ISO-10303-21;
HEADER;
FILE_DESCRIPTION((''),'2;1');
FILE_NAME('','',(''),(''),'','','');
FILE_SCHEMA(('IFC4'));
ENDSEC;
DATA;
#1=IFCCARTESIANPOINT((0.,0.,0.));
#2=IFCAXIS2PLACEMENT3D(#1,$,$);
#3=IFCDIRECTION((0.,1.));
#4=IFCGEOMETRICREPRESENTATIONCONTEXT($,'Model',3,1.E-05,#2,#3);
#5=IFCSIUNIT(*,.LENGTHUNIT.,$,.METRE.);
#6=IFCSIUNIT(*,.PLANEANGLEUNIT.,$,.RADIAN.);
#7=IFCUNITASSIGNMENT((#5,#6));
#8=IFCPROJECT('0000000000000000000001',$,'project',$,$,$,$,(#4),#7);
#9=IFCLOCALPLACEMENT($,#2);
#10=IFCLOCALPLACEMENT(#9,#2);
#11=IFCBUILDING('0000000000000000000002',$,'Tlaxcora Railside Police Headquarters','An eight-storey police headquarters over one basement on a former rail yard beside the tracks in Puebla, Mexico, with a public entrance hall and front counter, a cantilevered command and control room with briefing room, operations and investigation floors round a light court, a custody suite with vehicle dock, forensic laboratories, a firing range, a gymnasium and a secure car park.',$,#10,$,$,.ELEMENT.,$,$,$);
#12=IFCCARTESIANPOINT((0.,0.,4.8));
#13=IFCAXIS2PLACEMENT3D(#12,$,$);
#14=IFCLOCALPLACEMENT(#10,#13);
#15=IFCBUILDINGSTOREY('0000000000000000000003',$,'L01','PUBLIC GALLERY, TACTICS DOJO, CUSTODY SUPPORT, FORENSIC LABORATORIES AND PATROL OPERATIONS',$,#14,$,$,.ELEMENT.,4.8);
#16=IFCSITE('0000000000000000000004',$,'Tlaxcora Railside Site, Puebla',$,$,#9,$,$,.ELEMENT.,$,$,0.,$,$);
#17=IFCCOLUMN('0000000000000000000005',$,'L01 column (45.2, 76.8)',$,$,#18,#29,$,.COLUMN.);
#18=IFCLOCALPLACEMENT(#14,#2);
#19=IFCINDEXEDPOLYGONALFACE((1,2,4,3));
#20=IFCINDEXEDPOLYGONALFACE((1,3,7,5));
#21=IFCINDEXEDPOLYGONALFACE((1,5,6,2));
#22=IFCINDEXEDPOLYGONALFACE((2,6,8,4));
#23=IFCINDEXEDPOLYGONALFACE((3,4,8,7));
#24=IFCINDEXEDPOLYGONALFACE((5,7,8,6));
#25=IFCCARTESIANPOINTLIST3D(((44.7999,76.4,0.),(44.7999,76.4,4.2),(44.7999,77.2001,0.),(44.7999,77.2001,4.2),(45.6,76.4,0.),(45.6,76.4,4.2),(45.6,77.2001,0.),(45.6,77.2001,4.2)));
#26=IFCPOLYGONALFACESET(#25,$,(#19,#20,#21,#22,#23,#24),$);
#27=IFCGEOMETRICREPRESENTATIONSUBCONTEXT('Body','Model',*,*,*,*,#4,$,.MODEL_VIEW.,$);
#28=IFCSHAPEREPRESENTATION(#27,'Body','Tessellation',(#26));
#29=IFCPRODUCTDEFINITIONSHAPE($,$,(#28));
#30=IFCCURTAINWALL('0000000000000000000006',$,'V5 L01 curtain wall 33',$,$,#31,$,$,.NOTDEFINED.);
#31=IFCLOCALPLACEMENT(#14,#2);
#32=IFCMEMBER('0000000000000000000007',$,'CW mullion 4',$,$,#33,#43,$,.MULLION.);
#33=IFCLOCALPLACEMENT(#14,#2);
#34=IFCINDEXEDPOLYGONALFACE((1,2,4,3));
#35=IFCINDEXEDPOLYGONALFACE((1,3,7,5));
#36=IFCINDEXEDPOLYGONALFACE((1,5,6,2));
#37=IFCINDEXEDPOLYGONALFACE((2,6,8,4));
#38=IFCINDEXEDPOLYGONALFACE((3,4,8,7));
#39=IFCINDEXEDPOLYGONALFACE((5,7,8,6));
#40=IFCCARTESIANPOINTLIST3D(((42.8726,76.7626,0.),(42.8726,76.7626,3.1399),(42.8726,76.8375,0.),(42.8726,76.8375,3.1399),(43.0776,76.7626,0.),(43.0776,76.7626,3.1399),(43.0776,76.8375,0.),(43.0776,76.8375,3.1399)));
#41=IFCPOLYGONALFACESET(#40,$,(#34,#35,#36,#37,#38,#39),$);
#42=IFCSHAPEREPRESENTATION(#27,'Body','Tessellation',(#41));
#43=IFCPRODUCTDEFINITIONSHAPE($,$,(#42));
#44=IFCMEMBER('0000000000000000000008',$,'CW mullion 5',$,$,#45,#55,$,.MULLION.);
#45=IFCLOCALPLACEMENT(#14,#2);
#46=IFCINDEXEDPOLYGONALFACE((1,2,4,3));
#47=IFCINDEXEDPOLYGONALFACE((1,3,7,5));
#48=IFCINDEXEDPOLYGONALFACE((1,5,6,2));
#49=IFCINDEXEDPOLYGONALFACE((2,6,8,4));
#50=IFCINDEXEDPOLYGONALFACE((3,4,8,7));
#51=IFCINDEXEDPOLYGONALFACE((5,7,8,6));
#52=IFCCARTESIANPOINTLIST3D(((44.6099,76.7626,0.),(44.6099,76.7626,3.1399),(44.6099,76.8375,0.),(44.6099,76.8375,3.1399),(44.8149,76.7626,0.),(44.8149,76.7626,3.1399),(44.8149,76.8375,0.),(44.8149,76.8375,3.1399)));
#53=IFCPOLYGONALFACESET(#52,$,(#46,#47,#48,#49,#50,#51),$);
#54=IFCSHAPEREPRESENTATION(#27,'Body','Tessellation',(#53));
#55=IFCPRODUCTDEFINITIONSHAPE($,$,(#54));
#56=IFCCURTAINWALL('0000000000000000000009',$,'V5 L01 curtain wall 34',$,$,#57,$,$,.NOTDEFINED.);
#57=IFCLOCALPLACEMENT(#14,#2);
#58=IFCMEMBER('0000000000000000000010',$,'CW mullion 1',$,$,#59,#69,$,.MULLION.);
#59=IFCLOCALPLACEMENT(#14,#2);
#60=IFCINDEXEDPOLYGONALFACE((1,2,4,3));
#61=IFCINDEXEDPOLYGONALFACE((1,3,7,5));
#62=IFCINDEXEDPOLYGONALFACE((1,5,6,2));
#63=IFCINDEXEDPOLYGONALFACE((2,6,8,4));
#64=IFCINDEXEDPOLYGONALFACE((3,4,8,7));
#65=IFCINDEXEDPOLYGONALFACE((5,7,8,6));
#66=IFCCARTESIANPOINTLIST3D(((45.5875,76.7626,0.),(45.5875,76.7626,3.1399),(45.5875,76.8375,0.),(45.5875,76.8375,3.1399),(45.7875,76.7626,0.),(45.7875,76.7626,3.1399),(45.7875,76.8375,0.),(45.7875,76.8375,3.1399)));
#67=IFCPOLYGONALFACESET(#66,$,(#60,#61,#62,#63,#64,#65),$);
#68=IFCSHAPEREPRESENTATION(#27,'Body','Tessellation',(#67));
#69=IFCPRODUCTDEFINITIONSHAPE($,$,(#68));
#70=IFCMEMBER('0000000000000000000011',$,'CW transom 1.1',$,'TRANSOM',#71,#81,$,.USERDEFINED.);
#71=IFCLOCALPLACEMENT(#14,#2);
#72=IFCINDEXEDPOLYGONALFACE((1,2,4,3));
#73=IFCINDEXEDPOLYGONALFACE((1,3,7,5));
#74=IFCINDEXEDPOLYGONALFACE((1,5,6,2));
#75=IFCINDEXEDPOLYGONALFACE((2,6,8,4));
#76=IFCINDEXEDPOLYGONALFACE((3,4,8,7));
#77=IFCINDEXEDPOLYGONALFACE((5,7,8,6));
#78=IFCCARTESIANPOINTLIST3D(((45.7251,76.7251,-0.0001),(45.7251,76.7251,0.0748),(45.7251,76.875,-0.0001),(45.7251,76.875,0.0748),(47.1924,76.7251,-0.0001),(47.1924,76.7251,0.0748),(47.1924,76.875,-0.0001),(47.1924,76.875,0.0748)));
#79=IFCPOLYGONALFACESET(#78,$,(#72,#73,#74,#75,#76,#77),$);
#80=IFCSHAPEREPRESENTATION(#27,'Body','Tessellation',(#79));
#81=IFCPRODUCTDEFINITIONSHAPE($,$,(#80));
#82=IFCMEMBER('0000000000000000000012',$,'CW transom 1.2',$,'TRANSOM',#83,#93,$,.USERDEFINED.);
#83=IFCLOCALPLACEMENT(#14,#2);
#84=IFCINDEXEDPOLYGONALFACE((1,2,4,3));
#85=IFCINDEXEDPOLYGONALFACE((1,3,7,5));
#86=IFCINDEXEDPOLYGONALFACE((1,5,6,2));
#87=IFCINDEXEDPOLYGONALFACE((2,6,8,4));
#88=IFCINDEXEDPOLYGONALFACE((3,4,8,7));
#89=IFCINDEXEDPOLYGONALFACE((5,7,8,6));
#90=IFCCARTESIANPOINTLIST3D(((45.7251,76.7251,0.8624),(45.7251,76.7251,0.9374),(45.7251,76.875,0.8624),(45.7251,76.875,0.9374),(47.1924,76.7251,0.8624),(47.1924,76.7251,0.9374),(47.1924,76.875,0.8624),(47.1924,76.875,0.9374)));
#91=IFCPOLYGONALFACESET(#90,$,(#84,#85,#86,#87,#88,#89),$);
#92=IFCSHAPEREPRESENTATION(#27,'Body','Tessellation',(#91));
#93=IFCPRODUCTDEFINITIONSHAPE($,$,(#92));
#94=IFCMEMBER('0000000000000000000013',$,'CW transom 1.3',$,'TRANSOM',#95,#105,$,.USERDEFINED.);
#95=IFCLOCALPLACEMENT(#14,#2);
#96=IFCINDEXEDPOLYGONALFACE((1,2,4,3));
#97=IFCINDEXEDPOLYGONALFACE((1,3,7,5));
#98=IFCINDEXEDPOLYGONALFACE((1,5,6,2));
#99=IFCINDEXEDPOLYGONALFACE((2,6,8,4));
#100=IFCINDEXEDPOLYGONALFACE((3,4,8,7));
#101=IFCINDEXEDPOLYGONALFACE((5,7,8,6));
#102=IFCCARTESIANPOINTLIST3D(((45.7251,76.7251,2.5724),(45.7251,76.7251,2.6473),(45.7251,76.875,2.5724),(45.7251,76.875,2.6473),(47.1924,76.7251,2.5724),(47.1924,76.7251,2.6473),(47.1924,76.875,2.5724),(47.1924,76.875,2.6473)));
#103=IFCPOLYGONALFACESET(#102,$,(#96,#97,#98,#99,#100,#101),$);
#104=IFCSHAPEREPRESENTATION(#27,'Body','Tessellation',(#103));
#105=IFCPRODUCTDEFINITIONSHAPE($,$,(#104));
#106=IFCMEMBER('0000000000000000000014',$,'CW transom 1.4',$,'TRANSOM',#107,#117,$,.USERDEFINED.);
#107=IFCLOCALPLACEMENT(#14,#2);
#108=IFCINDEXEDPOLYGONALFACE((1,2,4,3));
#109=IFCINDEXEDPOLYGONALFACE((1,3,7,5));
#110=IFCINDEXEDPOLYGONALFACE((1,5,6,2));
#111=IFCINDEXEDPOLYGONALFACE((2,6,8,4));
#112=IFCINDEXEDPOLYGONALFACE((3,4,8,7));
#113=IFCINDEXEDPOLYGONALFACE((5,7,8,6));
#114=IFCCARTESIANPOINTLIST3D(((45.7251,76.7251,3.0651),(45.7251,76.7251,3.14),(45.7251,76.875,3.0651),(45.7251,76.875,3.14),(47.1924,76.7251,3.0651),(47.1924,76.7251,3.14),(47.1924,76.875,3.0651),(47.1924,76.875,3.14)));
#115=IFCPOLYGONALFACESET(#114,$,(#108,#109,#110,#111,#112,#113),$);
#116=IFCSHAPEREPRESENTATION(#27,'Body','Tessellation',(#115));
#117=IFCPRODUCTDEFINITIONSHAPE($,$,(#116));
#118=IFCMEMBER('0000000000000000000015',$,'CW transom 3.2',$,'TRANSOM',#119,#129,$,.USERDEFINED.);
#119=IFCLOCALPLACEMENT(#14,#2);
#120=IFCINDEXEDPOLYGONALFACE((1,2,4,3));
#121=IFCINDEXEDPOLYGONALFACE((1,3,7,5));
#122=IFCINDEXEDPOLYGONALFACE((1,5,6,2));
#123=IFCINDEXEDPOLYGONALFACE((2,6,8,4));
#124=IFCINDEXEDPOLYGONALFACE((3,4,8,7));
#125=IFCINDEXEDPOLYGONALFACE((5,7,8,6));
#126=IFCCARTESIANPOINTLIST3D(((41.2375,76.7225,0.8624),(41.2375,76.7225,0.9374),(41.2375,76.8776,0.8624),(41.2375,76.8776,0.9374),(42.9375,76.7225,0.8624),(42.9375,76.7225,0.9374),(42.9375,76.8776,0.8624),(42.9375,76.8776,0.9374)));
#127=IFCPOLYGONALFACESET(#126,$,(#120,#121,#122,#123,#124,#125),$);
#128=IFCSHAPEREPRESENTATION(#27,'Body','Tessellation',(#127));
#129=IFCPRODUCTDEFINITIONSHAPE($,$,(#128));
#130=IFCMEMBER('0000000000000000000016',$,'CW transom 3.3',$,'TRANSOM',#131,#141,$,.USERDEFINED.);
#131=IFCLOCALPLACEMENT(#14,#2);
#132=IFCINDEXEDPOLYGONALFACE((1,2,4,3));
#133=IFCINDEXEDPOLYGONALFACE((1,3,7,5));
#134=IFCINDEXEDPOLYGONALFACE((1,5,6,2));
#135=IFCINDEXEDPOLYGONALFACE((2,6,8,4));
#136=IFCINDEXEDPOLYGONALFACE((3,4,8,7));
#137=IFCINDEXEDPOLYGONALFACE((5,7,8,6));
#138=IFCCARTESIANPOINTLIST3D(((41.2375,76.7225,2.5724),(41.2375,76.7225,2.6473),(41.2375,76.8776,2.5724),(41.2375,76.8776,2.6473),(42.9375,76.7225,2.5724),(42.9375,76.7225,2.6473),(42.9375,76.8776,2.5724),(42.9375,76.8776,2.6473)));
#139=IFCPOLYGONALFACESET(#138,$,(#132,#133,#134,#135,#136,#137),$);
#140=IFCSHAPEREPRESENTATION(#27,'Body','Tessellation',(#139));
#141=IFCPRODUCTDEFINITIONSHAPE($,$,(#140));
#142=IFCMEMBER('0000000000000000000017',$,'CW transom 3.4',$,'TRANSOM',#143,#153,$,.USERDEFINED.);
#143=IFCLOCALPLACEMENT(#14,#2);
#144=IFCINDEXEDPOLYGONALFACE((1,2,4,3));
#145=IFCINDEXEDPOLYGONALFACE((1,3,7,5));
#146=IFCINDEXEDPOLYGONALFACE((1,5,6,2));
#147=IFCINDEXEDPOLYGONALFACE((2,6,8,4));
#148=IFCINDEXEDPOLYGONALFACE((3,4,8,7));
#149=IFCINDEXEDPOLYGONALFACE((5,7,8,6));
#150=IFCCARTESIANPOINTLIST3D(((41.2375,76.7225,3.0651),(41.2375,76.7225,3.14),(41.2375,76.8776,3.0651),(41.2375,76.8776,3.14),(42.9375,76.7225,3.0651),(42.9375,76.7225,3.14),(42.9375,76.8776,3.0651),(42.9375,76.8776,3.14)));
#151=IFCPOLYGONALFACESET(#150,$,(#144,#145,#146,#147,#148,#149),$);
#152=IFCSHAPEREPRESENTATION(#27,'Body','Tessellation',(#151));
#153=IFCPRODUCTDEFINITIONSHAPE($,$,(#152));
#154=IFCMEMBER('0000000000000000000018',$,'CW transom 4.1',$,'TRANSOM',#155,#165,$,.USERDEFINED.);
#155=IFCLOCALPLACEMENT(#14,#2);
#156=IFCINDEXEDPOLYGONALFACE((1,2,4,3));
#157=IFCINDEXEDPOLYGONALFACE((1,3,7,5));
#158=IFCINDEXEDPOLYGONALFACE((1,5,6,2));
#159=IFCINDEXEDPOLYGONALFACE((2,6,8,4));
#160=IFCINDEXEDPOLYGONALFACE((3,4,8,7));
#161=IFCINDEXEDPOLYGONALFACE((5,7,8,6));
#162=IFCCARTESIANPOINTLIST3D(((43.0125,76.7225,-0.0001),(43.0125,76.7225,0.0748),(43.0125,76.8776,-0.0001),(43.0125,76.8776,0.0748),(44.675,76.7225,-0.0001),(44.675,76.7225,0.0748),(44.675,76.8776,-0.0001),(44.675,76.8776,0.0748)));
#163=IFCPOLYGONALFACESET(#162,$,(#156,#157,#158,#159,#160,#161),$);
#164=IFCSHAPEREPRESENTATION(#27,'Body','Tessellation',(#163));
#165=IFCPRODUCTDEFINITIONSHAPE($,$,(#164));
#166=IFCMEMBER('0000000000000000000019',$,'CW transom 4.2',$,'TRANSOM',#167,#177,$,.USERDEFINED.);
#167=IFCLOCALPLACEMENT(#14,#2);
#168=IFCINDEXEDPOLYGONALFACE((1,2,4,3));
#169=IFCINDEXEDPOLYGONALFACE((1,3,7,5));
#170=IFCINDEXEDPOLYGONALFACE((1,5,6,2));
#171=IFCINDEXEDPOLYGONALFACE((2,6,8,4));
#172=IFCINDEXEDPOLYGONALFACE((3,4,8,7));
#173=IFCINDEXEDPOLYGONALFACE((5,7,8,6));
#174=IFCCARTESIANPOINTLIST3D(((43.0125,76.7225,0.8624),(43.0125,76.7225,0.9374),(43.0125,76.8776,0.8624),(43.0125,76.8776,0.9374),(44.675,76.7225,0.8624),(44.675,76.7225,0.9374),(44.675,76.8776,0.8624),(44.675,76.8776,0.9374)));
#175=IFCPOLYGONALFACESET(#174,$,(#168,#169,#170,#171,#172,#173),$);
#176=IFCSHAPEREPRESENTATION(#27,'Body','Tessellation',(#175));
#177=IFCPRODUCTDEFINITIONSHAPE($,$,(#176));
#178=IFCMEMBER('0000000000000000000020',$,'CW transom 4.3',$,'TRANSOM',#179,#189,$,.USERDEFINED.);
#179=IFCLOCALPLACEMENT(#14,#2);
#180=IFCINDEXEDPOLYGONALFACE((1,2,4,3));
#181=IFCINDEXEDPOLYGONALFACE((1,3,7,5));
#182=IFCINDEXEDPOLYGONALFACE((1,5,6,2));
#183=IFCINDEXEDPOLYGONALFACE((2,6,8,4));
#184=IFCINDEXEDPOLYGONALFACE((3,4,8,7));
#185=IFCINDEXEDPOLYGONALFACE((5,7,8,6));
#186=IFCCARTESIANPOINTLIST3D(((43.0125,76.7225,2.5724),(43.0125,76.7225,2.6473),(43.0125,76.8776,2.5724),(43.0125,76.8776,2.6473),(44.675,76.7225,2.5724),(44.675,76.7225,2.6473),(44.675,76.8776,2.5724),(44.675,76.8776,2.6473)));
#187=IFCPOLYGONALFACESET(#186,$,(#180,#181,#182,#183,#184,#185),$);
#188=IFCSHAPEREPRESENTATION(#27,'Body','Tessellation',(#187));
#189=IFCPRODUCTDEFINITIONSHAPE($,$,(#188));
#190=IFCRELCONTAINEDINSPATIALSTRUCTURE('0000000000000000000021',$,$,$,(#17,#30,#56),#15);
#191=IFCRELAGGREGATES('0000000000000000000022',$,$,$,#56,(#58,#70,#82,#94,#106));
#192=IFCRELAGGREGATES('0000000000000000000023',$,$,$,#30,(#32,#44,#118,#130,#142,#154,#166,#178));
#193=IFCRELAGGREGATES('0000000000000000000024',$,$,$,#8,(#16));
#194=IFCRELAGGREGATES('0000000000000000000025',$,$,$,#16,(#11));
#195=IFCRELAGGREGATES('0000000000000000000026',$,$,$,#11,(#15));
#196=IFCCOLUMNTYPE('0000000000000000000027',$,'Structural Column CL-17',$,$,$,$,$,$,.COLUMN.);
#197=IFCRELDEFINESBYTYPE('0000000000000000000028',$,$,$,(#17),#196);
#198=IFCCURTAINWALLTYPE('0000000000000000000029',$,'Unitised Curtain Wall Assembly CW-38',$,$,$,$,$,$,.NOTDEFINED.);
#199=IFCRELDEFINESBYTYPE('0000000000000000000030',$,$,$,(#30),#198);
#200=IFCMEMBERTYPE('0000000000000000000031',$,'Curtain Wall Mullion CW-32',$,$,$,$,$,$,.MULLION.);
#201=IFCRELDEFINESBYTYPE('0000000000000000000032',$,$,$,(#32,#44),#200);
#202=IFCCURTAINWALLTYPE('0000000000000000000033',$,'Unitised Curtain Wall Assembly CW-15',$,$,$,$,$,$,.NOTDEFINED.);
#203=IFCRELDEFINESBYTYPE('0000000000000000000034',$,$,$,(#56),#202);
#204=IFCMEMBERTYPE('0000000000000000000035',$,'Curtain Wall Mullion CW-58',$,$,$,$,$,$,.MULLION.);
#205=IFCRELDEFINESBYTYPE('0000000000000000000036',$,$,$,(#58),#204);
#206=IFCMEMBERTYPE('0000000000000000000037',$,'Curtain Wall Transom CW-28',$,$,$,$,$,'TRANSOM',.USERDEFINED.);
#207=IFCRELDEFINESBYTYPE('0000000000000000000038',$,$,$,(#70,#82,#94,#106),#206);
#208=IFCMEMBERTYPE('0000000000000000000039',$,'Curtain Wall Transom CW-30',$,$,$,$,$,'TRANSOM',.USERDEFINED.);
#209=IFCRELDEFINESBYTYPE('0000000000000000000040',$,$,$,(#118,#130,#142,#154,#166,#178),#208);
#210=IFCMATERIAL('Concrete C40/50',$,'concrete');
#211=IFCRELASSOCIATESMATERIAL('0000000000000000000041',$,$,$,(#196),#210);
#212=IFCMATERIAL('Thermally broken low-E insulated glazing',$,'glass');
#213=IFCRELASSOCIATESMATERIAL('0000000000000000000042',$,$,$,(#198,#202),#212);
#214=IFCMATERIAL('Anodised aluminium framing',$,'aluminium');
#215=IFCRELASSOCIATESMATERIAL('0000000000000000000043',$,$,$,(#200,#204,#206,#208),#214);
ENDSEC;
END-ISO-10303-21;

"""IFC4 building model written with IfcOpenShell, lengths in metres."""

from ifc_helpers import new_model, si_unit, direction, frame, origin, origin_2d, place, context, subcontext, project, spatial, rectangle, extrude, material, material_profile, profile_set, type_object, element, aggregate, save


model = new_model("IFC4")

# Units and contexts
model_context = context("Model", 3, precision=1e-05, world=origin(), true_north=direction((0.0, 1.0)))
body_context = subcontext(model_context, "Body", "Model", "MODEL_VIEW")
ifc_project = project(units=[si_unit("LENGTHUNIT", "METRE"), si_unit("PLANEANGLEUNIT", "RADIAN")], contexts=[model_context])

# Site, building, storey
site_placement = place(None, origin())
site = spatial("IfcSite", under=ifc_project, at=site_placement, Name="Tlaxcora Railside Site, Puebla", CompositionType="ELEMENT", RefElevation=0.0)
building_placement = place(site_placement, origin())
building = spatial("IfcBuilding", under=site, at=building_placement, Name="Tlaxcora Railside Police Headquarters", Description="An eight-storey police headquarters over one basement on a former rail yard beside the tracks in Puebla, Mexico, with a public entrance hall and front counter, a cantilevered command and control room with briefing room, operations and investigation floors round a light court, a custody suite with vehicle dock, forensic laboratories, a firing range, a gymnasium and a secure car park.", CompositionType="ELEMENT")
storey_placement = place(building_placement, frame((0.0, 0.0, 4.8)))
storey = spatial("IfcBuildingStorey", under=building, at=storey_placement, Name="L01", Description="PUBLIC GALLERY, TACTICS DOJO, CUSTODY SUPPORT, FORENSIC LABORATORIES AND PATROL OPERATIONS", CompositionType="ELEMENT", Elevation=4.8)

# Column
ifc_material_1 = material(Name="Concrete C40/50", Category="concrete")
ifc_material_profile_1 = material_profile(ifc_material_1, rectangle(XDim=0.8, YDim=0.8, at=origin_2d()), Name="RC800X800")
ifc_profile_set_1 = profile_set([ifc_material_profile_1], Name="Concrete C40/50")
column_type = type_object("IfcColumnType", Name="Structural Column CL-17", PredefinedType="COLUMN", material=ifc_profile_set_1)
column_placement = place(storey_placement, frame((45.2, 76.8, 0.0), z_axis=(0.0, 0.0, 1.0), x_axis=(1.0, 0.0, 0.0)))
element("IfcColumn", 1, at=column_placement, inside=storey, type_object=column_type, Name="L01 column (45.2, 76.8)", PredefinedType="COLUMN", context=body_context, shape_type="SweptSolid", body=[
    extrude(rectangle(XDim=0.8, YDim=0.8, at=origin_2d()), origin(), (0.0, 0.0, 1.0), 4.2),
])

# Curtain walls, members
ifc_material_2 = material(Name="Thermally broken low-E insulated glazing", Category="glass")
curtain_wall_type_1 = type_object("IfcCurtainWallType", Name="Unitised Curtain Wall Assembly CW-38", PredefinedType="NOTDEFINED", material=ifc_material_2)
curtain_wall_1_placement = place(storey_placement, origin())
curtain_wall_1 = element("IfcCurtainWall", 2, at=curtain_wall_1_placement, inside=storey, type_object=curtain_wall_type_1, Name="V5 L01 curtain wall 33", PredefinedType="NOTDEFINED")
ifc_material_3 = material(Name="Anodised aluminium framing", Category="aluminium")
ifc_material_profile_2 = material_profile(ifc_material_3, rectangle(XDim=0.075, YDim=0.2051, at=origin_2d()), Name="AL75X205")
ifc_profile_set_2 = profile_set([ifc_material_profile_2], Name="Anodised aluminium framing")
member_type_1 = type_object("IfcMemberType", Name="Curtain Wall Mullion CW-32", PredefinedType="MULLION", material=ifc_profile_set_2)
member_1_placement = place(storey_placement, frame((42.9751, 76.8, 0.0), z_axis=(0.0, 0.0, 1.0), x_axis=(0.0, 1.0, 0.0)))
member_1 = element("IfcMember", 3, at=member_1_placement, type_object=member_type_1, Name="CW mullion 4", PredefinedType="MULLION", context=body_context, shape_type="SweptSolid", body=[
    extrude(rectangle(XDim=0.075, YDim=0.2051, at=origin_2d()), origin(), (0.0, 0.0, 1.0), 3.1399),
])
member_2_placement = place(storey_placement, frame((44.7124, 76.8, 0.0), z_axis=(0.0, 0.0, 1.0), x_axis=(0.0, 1.0, 0.0)))
member_2 = element("IfcMember", 4, at=member_2_placement, type_object=member_type_1, Name="CW mullion 5", PredefinedType="MULLION", context=body_context, shape_type="SweptSolid", body=[
    extrude(rectangle(XDim=0.075, YDim=0.2051, at=origin_2d()), origin(), (0.0, 0.0, 1.0), 3.1399),
])
curtain_wall_type_2 = type_object("IfcCurtainWallType", Name="Unitised Curtain Wall Assembly CW-15", PredefinedType="NOTDEFINED", material=ifc_material_2)
curtain_wall_2_placement = place(storey_placement, origin())
curtain_wall_2 = element("IfcCurtainWall", 5, at=curtain_wall_2_placement, inside=storey, type_object=curtain_wall_type_2, Name="V5 L01 curtain wall 34", PredefinedType="NOTDEFINED")
ifc_material_profile_3 = material_profile(ifc_material_3, rectangle(XDim=0.075, YDim=0.2, at=origin_2d()), Name="AL75X200")
ifc_profile_set_3 = profile_set([ifc_material_profile_3], Name="Anodised aluminium framing")
member_type_2 = type_object("IfcMemberType", Name="Curtain Wall Mullion CW-58", PredefinedType="MULLION", material=ifc_profile_set_3)
member_3_placement = place(storey_placement, frame((45.6875, 76.8, 0.0), z_axis=(0.0, 0.0, 1.0), x_axis=(0.0, 1.0, 0.0)))
member_3 = element("IfcMember", 6, at=member_3_placement, type_object=member_type_2, Name="CW mullion 1", PredefinedType="MULLION", context=body_context, shape_type="SweptSolid", body=[
    extrude(rectangle(XDim=0.075, YDim=0.2, at=origin_2d()), origin(), (0.0, 0.0, 1.0), 3.1399),
])
ifc_material_profile_4 = material_profile(ifc_material_3, rectangle(XDim=0.1499, YDim=0.075, at=origin_2d()), Name="AL75X150")
ifc_profile_set_4 = profile_set([ifc_material_profile_4], Name="Anodised aluminium framing")
member_type_3 = type_object("IfcMemberType", Name="Curtain Wall Transom CW-28", ElementType="TRANSOM", PredefinedType="USERDEFINED", material=ifc_profile_set_4)
member_4_placement = place(storey_placement, frame((45.7251, 76.8, 0.0374), z_axis=(1.0, 0.0, 0.0), x_axis=(0.0, 1.0, 0.0)))
member_4 = element("IfcMember", 7, at=member_4_placement, type_object=member_type_3, Name="CW transom 1.1", ObjectType="TRANSOM", PredefinedType="USERDEFINED", context=body_context, shape_type="SweptSolid", body=[
    extrude(rectangle(XDim=0.1499, YDim=0.075, at=origin_2d()), origin(), (0.0, 0.0, 1.0), 1.4673),
])
member_5_placement = place(storey_placement, frame((45.7251, 76.8, 0.8999), z_axis=(1.0, 0.0, 0.0), x_axis=(0.0, 1.0, 0.0)))
member_5 = element("IfcMember", 8, at=member_5_placement, type_object=member_type_3, Name="CW transom 1.2", ObjectType="TRANSOM", PredefinedType="USERDEFINED", context=body_context, shape_type="SweptSolid", body=[
    extrude(rectangle(XDim=0.1499, YDim=0.075, at=origin_2d()), origin(), (0.0, 0.0, 1.0), 1.4673),
])
member_6_placement = place(storey_placement, frame((45.7251, 76.8, 2.6099), z_axis=(1.0, 0.0, 0.0), x_axis=(0.0, 1.0, 0.0)))
member_6 = element("IfcMember", 9, at=member_6_placement, type_object=member_type_3, Name="CW transom 1.3", ObjectType="TRANSOM", PredefinedType="USERDEFINED", context=body_context, shape_type="SweptSolid", body=[
    extrude(rectangle(XDim=0.1499, YDim=0.075, at=origin_2d()), origin(), (0.0, 0.0, 1.0), 1.4673),
])
member_7_placement = place(storey_placement, frame((45.7251, 76.8, 3.1025), z_axis=(1.0, 0.0, 0.0), x_axis=(0.0, 1.0, 0.0)))
member_7 = element("IfcMember", 10, at=member_7_placement, type_object=member_type_3, Name="CW transom 1.4", ObjectType="TRANSOM", PredefinedType="USERDEFINED", context=body_context, shape_type="SweptSolid", body=[
    extrude(rectangle(XDim=0.1499, YDim=0.075, at=origin_2d()), origin(), (0.0, 0.0, 1.0), 1.4673),
])
aggregate(curtain_wall_2, [member_3, member_4, member_5, member_6, member_7])

# Members
ifc_material_profile_5 = material_profile(ifc_material_3, rectangle(XDim=0.155, YDim=0.075, at=origin_2d()), Name="AL75X155")
ifc_profile_set_5 = profile_set([ifc_material_profile_5], Name="Anodised aluminium framing")
member_type_4 = type_object("IfcMemberType", Name="Curtain Wall Transom CW-30", ElementType="TRANSOM", PredefinedType="USERDEFINED", material=ifc_profile_set_5)
member_8_placement = place(storey_placement, frame((41.2375, 76.8, 0.8999), z_axis=(1.0, 0.0, 0.0), x_axis=(0.0, 1.0, 0.0)))
member_8 = element("IfcMember", 11, at=member_8_placement, type_object=member_type_4, Name="CW transom 3.2", ObjectType="TRANSOM", PredefinedType="USERDEFINED", context=body_context, shape_type="SweptSolid", body=[
    extrude(rectangle(XDim=0.155, YDim=0.075, at=origin_2d()), origin(), (0.0, 0.0, 1.0), 1.7),
])
member_9_placement = place(storey_placement, frame((41.2375, 76.8, 2.6099), z_axis=(1.0, 0.0, 0.0), x_axis=(0.0, 1.0, 0.0)))
member_9 = element("IfcMember", 12, at=member_9_placement, type_object=member_type_4, Name="CW transom 3.3", ObjectType="TRANSOM", PredefinedType="USERDEFINED", context=body_context, shape_type="SweptSolid", body=[
    extrude(rectangle(XDim=0.155, YDim=0.075, at=origin_2d()), origin(), (0.0, 0.0, 1.0), 1.7),
])
member_10_placement = place(storey_placement, frame((41.2375, 76.8, 3.1025), z_axis=(1.0, 0.0, 0.0), x_axis=(0.0, 1.0, 0.0)))
member_10 = element("IfcMember", 13, at=member_10_placement, type_object=member_type_4, Name="CW transom 3.4", ObjectType="TRANSOM", PredefinedType="USERDEFINED", context=body_context, shape_type="SweptSolid", body=[
    extrude(rectangle(XDim=0.155, YDim=0.075, at=origin_2d()), origin(), (0.0, 0.0, 1.0), 1.7),
])
member_11_placement = place(storey_placement, frame((43.0125, 76.8, 0.0374), z_axis=(1.0, 0.0, 0.0), x_axis=(0.0, 1.0, 0.0)))
member_11 = element("IfcMember", 14, at=member_11_placement, type_object=member_type_4, Name="CW transom 4.1", ObjectType="TRANSOM", PredefinedType="USERDEFINED", context=body_context, shape_type="SweptSolid", body=[
    extrude(rectangle(XDim=0.155, YDim=0.075, at=origin_2d()), origin(), (0.0, 0.0, 1.0), 1.6626),
])
member_12_placement = place(storey_placement, frame((43.0125, 76.8, 0.8999), z_axis=(1.0, 0.0, 0.0), x_axis=(0.0, 1.0, 0.0)))
member_12 = element("IfcMember", 15, at=member_12_placement, type_object=member_type_4, Name="CW transom 4.2", ObjectType="TRANSOM", PredefinedType="USERDEFINED", context=body_context, shape_type="SweptSolid", body=[
    extrude(rectangle(XDim=0.155, YDim=0.075, at=origin_2d()), origin(), (0.0, 0.0, 1.0), 1.6626),
])
member_13_placement = place(storey_placement, frame((43.0125, 76.8, 2.6099), z_axis=(1.0, 0.0, 0.0), x_axis=(0.0, 1.0, 0.0)))
member_13 = element("IfcMember", 16, at=member_13_placement, type_object=member_type_4, Name="CW transom 4.3", ObjectType="TRANSOM", PredefinedType="USERDEFINED", context=body_context, shape_type="SweptSolid", body=[
    extrude(rectangle(XDim=0.155, YDim=0.075, at=origin_2d()), origin(), (0.0, 0.0, 1.0), 1.6626),
])

aggregate(curtain_wall_1, [member_1, member_2, member_8, member_9, member_10, member_11, member_12, member_13])

save(model, "model.ifc")
